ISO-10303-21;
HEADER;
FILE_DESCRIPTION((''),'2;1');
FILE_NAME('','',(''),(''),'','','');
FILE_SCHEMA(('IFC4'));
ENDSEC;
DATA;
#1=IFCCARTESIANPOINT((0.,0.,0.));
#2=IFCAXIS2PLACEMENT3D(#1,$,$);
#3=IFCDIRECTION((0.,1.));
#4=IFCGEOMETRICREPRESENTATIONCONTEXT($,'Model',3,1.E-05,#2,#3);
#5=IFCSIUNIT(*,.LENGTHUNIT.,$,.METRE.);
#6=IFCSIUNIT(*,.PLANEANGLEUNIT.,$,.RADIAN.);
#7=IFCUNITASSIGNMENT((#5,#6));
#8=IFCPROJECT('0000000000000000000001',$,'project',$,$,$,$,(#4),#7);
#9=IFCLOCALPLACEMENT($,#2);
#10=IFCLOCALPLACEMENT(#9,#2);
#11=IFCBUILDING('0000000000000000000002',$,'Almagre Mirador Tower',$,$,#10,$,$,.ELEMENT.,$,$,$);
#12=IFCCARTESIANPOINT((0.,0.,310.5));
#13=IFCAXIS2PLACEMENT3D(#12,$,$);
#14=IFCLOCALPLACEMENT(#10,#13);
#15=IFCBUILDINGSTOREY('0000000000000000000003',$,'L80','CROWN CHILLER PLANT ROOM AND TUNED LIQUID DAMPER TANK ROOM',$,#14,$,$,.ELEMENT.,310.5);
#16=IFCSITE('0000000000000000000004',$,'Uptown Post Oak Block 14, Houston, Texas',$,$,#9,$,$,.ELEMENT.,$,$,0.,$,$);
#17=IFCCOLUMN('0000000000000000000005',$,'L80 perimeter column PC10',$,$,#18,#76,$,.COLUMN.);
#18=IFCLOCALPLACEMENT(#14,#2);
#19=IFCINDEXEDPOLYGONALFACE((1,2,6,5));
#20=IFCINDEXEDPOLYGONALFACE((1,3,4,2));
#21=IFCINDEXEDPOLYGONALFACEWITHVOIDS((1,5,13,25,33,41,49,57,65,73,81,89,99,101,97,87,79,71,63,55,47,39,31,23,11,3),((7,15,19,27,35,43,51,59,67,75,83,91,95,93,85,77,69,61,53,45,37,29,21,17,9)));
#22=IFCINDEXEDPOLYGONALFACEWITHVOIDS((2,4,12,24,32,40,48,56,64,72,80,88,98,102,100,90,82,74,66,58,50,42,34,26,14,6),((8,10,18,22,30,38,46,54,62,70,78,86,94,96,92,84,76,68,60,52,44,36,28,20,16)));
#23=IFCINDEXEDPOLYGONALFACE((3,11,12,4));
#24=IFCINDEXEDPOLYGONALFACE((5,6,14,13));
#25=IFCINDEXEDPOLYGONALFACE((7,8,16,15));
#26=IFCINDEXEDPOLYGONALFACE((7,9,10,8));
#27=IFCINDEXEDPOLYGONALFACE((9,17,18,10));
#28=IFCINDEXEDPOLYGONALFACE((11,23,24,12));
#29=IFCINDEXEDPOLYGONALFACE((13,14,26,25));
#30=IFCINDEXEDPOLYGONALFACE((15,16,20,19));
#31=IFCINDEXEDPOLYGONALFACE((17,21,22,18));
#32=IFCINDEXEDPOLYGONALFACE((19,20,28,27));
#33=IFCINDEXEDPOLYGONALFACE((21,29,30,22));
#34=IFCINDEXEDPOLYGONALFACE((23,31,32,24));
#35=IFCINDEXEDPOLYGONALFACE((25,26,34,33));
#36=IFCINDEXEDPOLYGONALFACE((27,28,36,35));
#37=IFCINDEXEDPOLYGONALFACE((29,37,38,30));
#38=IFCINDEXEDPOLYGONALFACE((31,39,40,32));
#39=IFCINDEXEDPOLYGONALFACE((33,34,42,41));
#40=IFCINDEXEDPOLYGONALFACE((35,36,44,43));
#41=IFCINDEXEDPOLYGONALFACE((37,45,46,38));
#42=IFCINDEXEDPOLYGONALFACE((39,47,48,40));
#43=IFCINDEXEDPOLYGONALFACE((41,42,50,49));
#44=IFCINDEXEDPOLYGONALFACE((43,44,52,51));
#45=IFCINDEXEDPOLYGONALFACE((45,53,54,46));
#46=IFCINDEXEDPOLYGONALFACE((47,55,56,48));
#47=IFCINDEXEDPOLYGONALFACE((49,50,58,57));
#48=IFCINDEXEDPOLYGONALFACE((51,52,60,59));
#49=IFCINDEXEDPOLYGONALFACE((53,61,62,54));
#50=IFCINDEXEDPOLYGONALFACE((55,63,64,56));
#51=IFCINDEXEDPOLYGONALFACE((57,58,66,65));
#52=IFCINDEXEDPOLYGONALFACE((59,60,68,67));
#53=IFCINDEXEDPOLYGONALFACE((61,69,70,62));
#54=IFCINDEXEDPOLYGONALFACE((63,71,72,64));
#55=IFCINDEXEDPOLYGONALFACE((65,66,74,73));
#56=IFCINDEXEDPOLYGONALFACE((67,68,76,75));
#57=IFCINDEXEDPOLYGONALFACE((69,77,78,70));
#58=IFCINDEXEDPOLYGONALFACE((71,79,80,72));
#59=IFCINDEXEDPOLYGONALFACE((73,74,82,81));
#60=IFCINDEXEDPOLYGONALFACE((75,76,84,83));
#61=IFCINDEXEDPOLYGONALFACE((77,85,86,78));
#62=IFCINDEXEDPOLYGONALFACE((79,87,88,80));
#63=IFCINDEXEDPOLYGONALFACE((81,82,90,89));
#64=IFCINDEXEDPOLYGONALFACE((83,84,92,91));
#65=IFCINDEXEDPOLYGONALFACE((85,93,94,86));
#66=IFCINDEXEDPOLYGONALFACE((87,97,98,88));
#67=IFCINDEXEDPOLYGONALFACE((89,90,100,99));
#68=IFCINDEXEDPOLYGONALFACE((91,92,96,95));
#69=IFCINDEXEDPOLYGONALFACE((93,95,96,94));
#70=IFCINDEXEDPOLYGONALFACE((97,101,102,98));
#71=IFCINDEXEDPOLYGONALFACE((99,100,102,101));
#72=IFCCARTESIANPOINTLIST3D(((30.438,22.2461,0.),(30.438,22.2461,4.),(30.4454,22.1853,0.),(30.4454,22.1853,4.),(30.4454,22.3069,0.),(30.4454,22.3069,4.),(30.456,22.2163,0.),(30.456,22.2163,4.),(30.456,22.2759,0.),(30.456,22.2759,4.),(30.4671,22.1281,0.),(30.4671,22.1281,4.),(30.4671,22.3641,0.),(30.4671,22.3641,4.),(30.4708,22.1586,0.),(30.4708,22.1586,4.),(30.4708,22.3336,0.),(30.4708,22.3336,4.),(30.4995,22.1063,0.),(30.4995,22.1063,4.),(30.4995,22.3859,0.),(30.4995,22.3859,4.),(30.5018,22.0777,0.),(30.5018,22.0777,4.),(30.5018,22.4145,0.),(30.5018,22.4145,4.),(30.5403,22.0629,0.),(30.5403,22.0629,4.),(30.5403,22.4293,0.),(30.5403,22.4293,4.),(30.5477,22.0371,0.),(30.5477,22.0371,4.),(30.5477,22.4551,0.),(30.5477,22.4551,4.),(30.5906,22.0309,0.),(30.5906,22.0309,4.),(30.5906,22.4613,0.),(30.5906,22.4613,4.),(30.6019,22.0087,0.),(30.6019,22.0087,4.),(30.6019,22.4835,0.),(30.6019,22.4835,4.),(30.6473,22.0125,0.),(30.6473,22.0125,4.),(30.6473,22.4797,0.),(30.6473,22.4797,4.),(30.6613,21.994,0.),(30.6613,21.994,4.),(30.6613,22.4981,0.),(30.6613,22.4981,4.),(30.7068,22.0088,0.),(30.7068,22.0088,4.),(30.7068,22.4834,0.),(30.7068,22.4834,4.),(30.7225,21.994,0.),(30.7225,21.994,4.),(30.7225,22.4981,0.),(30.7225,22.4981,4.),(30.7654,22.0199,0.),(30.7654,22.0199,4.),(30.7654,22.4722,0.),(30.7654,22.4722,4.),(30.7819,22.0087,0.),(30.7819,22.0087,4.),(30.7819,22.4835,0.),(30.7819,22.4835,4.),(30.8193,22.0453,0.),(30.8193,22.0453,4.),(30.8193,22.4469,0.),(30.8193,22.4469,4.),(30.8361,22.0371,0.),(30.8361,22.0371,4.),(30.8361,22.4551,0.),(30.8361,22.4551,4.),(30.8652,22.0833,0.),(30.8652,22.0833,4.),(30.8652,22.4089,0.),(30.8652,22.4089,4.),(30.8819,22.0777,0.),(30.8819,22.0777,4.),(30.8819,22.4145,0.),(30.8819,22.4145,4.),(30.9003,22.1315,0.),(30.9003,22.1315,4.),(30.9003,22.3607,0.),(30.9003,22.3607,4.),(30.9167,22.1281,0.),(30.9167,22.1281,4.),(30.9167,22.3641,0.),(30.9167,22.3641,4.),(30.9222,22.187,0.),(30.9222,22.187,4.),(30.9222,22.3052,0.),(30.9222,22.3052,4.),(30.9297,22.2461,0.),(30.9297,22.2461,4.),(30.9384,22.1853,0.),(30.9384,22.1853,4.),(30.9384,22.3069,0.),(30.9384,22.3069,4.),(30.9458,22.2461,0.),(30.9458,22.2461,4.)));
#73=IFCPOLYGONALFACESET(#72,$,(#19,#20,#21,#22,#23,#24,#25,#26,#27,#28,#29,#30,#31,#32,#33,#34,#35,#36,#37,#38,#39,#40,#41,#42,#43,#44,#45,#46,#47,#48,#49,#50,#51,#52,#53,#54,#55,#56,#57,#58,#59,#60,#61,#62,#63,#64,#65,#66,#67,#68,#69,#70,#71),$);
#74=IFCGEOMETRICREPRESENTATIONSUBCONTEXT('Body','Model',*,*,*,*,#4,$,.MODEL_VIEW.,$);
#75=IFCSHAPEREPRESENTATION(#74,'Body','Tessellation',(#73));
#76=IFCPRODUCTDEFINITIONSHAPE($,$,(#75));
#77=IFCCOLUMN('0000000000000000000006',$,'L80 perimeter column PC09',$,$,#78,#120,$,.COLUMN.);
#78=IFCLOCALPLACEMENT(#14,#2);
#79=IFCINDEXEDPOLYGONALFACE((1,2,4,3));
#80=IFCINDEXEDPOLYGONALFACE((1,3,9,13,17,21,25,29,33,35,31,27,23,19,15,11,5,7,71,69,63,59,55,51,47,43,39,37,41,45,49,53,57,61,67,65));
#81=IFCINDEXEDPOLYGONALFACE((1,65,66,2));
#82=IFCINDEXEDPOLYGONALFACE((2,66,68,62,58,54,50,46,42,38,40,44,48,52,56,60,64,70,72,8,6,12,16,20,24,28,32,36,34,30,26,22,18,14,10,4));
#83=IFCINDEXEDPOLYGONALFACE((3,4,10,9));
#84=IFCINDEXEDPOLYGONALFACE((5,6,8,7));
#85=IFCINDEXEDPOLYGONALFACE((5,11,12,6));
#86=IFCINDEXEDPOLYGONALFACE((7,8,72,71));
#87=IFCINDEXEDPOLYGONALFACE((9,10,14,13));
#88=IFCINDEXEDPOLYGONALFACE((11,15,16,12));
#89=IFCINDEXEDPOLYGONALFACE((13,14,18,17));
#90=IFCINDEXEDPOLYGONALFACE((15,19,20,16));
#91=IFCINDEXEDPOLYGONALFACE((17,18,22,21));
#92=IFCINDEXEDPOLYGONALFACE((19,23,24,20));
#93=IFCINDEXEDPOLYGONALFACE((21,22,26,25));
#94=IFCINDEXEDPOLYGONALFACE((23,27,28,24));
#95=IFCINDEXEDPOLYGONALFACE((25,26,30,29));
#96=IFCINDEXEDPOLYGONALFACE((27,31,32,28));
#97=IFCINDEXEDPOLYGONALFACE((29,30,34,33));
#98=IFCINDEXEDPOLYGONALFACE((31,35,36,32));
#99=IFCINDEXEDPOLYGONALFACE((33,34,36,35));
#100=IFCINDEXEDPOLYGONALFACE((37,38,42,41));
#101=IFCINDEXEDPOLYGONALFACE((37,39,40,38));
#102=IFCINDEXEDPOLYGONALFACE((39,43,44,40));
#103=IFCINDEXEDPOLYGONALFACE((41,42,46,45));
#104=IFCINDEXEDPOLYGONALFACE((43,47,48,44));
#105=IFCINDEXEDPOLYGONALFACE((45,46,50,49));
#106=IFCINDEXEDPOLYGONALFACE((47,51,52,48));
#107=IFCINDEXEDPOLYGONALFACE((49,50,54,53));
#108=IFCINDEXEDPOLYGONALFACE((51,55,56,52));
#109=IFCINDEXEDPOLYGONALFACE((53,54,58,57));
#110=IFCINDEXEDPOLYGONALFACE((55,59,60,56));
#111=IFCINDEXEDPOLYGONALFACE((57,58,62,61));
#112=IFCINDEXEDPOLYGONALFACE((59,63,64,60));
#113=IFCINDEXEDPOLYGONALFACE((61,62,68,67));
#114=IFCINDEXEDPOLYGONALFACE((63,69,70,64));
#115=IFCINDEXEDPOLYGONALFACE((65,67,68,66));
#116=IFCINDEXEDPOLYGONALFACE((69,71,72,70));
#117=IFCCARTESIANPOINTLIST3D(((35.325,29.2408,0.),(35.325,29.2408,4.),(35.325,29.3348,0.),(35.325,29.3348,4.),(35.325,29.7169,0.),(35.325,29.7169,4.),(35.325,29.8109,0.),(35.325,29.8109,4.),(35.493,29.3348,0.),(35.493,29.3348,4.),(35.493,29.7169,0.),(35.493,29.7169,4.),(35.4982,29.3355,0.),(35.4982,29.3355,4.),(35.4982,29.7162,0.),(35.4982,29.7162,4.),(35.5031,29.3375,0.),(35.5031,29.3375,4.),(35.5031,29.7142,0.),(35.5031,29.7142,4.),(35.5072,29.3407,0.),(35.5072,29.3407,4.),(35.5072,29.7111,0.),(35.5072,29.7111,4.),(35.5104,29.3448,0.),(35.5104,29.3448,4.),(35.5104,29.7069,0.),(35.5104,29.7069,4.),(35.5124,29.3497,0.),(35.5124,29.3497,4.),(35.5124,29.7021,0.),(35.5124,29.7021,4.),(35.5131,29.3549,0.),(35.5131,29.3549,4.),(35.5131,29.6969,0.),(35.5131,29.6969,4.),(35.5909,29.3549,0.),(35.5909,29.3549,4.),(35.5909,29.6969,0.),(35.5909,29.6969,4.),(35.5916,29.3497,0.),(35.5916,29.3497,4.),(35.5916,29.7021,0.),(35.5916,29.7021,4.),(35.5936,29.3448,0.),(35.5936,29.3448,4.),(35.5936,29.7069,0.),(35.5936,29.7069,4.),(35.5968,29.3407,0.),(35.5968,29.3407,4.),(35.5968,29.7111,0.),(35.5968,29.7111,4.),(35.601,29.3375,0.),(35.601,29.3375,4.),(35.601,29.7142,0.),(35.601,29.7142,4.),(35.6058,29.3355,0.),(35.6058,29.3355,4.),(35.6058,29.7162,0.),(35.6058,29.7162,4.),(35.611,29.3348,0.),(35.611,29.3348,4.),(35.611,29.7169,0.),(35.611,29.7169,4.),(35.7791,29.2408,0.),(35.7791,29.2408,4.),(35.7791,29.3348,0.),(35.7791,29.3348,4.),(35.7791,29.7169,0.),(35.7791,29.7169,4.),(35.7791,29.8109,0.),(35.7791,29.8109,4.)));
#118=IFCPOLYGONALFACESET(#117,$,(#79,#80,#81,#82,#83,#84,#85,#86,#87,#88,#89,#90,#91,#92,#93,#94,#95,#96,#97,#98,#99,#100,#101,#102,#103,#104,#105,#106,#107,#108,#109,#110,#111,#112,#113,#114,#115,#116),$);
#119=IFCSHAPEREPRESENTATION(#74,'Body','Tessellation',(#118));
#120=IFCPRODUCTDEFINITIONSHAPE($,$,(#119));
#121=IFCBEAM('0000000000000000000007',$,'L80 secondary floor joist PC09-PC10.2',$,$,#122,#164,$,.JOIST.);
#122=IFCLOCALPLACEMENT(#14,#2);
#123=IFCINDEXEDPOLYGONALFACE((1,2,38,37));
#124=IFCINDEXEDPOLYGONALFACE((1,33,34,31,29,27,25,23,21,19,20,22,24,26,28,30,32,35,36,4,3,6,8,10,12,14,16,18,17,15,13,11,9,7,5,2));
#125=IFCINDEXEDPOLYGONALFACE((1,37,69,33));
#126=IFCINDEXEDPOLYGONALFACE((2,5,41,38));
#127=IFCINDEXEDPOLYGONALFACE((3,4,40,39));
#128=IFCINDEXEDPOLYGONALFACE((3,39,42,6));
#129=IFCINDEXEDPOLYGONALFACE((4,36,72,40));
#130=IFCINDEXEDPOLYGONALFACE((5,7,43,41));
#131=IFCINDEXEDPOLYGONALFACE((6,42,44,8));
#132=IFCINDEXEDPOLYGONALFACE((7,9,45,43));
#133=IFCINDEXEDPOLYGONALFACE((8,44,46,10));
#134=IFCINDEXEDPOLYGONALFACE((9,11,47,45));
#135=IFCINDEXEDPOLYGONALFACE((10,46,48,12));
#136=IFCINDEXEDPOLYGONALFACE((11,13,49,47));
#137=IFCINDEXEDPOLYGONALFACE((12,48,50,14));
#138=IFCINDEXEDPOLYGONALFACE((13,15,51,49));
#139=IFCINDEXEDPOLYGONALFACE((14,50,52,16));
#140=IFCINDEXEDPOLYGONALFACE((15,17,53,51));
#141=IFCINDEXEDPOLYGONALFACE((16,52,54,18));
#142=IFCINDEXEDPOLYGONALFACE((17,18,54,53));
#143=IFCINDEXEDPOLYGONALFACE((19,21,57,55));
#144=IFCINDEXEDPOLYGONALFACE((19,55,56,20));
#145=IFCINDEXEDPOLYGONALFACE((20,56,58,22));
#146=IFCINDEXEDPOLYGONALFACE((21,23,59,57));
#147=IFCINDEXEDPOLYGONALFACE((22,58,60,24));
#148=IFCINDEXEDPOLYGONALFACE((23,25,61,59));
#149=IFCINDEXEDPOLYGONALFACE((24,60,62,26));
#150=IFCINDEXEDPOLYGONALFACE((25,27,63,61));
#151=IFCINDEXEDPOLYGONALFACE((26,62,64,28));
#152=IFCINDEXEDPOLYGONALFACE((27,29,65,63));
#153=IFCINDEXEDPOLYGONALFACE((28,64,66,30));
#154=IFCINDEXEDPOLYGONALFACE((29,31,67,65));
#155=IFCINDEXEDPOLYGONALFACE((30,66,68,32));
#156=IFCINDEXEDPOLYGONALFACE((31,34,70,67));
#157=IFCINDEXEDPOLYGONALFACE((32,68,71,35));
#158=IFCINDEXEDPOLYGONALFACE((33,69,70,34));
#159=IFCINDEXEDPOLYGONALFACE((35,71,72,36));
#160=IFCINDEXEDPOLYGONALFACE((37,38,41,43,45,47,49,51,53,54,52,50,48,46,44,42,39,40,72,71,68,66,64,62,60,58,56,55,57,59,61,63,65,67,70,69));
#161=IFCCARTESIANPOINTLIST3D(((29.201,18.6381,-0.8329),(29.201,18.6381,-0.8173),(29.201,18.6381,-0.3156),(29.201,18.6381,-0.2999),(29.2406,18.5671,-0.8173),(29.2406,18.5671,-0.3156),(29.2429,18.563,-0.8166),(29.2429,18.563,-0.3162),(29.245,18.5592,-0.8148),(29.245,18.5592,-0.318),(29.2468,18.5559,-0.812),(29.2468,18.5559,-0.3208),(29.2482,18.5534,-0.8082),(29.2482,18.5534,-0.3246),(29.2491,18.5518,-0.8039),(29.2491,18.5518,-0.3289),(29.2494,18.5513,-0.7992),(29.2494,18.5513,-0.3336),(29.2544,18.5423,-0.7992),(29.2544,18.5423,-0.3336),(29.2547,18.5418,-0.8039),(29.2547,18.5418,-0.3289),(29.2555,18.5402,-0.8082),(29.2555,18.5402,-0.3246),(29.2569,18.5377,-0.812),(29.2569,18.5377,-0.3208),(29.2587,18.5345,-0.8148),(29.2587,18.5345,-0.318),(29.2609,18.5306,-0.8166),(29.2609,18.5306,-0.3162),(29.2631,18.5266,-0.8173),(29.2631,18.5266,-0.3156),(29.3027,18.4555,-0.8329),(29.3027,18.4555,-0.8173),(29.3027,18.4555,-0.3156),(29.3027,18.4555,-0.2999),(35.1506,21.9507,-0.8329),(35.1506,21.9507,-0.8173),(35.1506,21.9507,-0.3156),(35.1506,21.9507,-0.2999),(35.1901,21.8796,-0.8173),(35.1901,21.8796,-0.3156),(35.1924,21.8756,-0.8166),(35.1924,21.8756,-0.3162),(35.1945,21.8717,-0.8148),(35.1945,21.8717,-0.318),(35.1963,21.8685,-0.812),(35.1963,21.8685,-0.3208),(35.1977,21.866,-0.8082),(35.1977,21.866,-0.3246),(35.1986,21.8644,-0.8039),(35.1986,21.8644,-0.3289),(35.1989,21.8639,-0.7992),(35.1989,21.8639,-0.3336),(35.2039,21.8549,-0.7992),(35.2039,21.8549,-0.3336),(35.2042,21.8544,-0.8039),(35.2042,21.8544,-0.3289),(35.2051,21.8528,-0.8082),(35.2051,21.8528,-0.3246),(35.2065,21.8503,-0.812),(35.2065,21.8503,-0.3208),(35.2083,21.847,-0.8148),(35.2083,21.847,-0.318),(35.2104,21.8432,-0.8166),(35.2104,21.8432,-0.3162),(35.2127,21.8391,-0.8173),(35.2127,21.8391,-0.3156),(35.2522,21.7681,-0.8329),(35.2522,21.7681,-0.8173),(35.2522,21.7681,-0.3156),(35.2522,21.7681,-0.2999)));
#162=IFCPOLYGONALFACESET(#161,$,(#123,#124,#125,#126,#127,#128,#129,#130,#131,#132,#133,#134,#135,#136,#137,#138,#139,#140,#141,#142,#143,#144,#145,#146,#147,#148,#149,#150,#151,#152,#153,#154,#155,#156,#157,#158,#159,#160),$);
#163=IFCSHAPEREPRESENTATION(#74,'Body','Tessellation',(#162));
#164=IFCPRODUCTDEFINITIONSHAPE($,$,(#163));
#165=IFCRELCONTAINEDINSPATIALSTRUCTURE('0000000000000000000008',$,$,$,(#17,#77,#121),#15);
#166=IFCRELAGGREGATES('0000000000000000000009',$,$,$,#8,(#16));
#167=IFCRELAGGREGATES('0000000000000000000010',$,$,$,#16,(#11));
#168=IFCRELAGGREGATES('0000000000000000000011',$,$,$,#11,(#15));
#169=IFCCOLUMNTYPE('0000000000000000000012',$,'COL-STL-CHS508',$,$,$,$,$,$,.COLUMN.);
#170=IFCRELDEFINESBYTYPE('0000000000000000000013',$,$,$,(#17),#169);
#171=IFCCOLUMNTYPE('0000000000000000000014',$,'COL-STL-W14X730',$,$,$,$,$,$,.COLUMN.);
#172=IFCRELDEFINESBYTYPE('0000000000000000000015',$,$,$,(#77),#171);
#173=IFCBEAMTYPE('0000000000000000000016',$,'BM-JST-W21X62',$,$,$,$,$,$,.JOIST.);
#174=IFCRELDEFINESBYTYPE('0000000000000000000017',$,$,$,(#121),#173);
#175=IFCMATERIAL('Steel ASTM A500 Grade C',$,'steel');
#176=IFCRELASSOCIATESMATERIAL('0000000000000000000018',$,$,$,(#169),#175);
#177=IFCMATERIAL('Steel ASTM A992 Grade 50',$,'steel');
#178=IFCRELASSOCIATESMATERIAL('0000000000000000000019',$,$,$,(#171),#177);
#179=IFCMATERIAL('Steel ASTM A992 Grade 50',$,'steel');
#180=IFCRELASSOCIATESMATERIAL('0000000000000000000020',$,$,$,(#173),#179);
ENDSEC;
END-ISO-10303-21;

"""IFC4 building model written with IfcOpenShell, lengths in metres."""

from ifc_helpers import new_model, si_unit, direction, frame, origin, origin_2d, place, context, subcontext, project, spatial, hollow_circle, i_section, extrude, material, material_profile, profile_set, type_object, element, save


model = new_model("IFC4")

# Units and contexts
model_context = context("Model", 3, precision=1e-05, world=origin(), true_north=direction((0.0, 1.0)))
body_context = subcontext(model_context, "Body", "Model", "MODEL_VIEW")
ifc_project = project(units=[si_unit("LENGTHUNIT", "METRE"), si_unit("PLANEANGLEUNIT", "RADIAN")], contexts=[model_context])

# Site, building, storey
site_placement = place(None, origin())
site = spatial("IfcSite", under=ifc_project, at=site_placement, Name="Uptown Post Oak Block 14, Houston, Texas", CompositionType="ELEMENT", RefElevation=0.0)
building_placement = place(site_placement, origin())
building = spatial("IfcBuilding", under=site, at=building_placement, Name="Almagre Mirador Tower", CompositionType="ELEMENT")
storey_placement = place(building_placement, frame((0.0, 0.0, 310.5)))
storey = spatial("IfcBuildingStorey", under=building, at=storey_placement, Name="L80", Description="CROWN CHILLER PLANT ROOM AND TUNED LIQUID DAMPER TANK ROOM", CompositionType="ELEMENT", Elevation=310.5)

# Columns
ifc_material_1 = material(Name="Steel ASTM A500 Grade C", Category="steel")
ifc_material_profile_1 = material_profile(ifc_material_1, hollow_circle(Radius=0.2539, WallThickness=0.0161, at=origin_2d()), Name="CHS508X16")
ifc_profile_set_1 = profile_set([ifc_material_profile_1], Name="Steel ASTM A500 Grade C")
column_type_1 = type_object("IfcColumnType", Name="COL-STL-CHS508", PredefinedType="COLUMN", material=ifc_profile_set_1)
column_1_placement = place(storey_placement, frame((30.6919, 22.2461, 0.0), z_axis=(0.0, 0.0, 1.0), x_axis=(1.0, 0.0, 0.0)))
element("IfcColumn", 1, at=column_1_placement, inside=storey, type_object=column_type_1, Name="L80 perimeter column PC10", PredefinedType="COLUMN", context=body_context, shape_type="SweptSolid", body=[
    extrude(hollow_circle(Radius=0.2539, WallThickness=0.0161, at=origin_2d()), origin(), (0.0, 0.0, 1.0), 4.0),
])
ifc_material_2 = material(Name="Steel ASTM A992 Grade 50", Category="steel")
ifc_material_profile_2 = material_profile(ifc_material_2, i_section(OverallWidth=0.4541, OverallDepth=0.5701, WebThickness=0.0779, FlangeThickness=0.094, FilletRadius=0.02, at=origin_2d()), Name="W14X730")
ifc_profile_set_2 = profile_set([ifc_material_profile_2], Name="Steel ASTM A992 Grade 50")
column_type_2 = type_object("IfcColumnType", Name="COL-STL-W14X730", PredefinedType="COLUMN", material=ifc_profile_set_2)
column_2_placement = place(storey_placement, frame((35.552, 29.5259, 0.0), z_axis=(0.0, 0.0, 1.0), x_axis=(1.0, 0.0, 0.0)))
element("IfcColumn", 2, at=column_2_placement, inside=storey, type_object=column_type_2, Name="L80 perimeter column PC09", PredefinedType="COLUMN", context=body_context, shape_type="SweptSolid", body=[
    extrude(i_section(OverallWidth=0.4541, OverallDepth=0.5701, WebThickness=0.0779, FlangeThickness=0.094, FilletRadius=0.02, at=origin_2d()), origin(), (0.0, 0.0, 1.0), 4.0),
])

# Beam
ifc_material_3 = material(Name="Steel ASTM A992 Grade 50", Category="steel")
ifc_material_profile_3 = material_profile(ifc_material_3, i_section(OverallWidth=0.209, OverallDepth=0.533, WebThickness=0.0103, FlangeThickness=0.0156, FilletRadius=0.0181, at=origin_2d()), Name="W21X62")
ifc_profile_set_3 = profile_set([ifc_material_profile_3], Name="Steel ASTM A992 Grade 50")
beam_type_1 = type_object("IfcBeamType", Name="BM-JST-W21X62", PredefinedType="JOIST", material=ifc_profile_set_3)
beam_1_placement = place(storey_placement, frame((35.2014, 21.8594, -0.5664), z_axis=(-0.873705, -0.486456, 0.0), x_axis=(0.486456, -0.873705, 0.0)))
element("IfcBeam", 3, at=beam_1_placement, inside=storey, type_object=beam_type_1, Name="L80 secondary floor joist PC09-PC10.2", PredefinedType="JOIST", context=body_context, shape_type="SweptSolid", body=[
    extrude(i_section(OverallWidth=0.209, OverallDepth=0.533, WebThickness=0.0103, FlangeThickness=0.0156, FilletRadius=0.0181, at=origin_2d()), origin(), (0.0, 0.0, 1.0), 6.8096),
])

save(model, "model.ifc")
